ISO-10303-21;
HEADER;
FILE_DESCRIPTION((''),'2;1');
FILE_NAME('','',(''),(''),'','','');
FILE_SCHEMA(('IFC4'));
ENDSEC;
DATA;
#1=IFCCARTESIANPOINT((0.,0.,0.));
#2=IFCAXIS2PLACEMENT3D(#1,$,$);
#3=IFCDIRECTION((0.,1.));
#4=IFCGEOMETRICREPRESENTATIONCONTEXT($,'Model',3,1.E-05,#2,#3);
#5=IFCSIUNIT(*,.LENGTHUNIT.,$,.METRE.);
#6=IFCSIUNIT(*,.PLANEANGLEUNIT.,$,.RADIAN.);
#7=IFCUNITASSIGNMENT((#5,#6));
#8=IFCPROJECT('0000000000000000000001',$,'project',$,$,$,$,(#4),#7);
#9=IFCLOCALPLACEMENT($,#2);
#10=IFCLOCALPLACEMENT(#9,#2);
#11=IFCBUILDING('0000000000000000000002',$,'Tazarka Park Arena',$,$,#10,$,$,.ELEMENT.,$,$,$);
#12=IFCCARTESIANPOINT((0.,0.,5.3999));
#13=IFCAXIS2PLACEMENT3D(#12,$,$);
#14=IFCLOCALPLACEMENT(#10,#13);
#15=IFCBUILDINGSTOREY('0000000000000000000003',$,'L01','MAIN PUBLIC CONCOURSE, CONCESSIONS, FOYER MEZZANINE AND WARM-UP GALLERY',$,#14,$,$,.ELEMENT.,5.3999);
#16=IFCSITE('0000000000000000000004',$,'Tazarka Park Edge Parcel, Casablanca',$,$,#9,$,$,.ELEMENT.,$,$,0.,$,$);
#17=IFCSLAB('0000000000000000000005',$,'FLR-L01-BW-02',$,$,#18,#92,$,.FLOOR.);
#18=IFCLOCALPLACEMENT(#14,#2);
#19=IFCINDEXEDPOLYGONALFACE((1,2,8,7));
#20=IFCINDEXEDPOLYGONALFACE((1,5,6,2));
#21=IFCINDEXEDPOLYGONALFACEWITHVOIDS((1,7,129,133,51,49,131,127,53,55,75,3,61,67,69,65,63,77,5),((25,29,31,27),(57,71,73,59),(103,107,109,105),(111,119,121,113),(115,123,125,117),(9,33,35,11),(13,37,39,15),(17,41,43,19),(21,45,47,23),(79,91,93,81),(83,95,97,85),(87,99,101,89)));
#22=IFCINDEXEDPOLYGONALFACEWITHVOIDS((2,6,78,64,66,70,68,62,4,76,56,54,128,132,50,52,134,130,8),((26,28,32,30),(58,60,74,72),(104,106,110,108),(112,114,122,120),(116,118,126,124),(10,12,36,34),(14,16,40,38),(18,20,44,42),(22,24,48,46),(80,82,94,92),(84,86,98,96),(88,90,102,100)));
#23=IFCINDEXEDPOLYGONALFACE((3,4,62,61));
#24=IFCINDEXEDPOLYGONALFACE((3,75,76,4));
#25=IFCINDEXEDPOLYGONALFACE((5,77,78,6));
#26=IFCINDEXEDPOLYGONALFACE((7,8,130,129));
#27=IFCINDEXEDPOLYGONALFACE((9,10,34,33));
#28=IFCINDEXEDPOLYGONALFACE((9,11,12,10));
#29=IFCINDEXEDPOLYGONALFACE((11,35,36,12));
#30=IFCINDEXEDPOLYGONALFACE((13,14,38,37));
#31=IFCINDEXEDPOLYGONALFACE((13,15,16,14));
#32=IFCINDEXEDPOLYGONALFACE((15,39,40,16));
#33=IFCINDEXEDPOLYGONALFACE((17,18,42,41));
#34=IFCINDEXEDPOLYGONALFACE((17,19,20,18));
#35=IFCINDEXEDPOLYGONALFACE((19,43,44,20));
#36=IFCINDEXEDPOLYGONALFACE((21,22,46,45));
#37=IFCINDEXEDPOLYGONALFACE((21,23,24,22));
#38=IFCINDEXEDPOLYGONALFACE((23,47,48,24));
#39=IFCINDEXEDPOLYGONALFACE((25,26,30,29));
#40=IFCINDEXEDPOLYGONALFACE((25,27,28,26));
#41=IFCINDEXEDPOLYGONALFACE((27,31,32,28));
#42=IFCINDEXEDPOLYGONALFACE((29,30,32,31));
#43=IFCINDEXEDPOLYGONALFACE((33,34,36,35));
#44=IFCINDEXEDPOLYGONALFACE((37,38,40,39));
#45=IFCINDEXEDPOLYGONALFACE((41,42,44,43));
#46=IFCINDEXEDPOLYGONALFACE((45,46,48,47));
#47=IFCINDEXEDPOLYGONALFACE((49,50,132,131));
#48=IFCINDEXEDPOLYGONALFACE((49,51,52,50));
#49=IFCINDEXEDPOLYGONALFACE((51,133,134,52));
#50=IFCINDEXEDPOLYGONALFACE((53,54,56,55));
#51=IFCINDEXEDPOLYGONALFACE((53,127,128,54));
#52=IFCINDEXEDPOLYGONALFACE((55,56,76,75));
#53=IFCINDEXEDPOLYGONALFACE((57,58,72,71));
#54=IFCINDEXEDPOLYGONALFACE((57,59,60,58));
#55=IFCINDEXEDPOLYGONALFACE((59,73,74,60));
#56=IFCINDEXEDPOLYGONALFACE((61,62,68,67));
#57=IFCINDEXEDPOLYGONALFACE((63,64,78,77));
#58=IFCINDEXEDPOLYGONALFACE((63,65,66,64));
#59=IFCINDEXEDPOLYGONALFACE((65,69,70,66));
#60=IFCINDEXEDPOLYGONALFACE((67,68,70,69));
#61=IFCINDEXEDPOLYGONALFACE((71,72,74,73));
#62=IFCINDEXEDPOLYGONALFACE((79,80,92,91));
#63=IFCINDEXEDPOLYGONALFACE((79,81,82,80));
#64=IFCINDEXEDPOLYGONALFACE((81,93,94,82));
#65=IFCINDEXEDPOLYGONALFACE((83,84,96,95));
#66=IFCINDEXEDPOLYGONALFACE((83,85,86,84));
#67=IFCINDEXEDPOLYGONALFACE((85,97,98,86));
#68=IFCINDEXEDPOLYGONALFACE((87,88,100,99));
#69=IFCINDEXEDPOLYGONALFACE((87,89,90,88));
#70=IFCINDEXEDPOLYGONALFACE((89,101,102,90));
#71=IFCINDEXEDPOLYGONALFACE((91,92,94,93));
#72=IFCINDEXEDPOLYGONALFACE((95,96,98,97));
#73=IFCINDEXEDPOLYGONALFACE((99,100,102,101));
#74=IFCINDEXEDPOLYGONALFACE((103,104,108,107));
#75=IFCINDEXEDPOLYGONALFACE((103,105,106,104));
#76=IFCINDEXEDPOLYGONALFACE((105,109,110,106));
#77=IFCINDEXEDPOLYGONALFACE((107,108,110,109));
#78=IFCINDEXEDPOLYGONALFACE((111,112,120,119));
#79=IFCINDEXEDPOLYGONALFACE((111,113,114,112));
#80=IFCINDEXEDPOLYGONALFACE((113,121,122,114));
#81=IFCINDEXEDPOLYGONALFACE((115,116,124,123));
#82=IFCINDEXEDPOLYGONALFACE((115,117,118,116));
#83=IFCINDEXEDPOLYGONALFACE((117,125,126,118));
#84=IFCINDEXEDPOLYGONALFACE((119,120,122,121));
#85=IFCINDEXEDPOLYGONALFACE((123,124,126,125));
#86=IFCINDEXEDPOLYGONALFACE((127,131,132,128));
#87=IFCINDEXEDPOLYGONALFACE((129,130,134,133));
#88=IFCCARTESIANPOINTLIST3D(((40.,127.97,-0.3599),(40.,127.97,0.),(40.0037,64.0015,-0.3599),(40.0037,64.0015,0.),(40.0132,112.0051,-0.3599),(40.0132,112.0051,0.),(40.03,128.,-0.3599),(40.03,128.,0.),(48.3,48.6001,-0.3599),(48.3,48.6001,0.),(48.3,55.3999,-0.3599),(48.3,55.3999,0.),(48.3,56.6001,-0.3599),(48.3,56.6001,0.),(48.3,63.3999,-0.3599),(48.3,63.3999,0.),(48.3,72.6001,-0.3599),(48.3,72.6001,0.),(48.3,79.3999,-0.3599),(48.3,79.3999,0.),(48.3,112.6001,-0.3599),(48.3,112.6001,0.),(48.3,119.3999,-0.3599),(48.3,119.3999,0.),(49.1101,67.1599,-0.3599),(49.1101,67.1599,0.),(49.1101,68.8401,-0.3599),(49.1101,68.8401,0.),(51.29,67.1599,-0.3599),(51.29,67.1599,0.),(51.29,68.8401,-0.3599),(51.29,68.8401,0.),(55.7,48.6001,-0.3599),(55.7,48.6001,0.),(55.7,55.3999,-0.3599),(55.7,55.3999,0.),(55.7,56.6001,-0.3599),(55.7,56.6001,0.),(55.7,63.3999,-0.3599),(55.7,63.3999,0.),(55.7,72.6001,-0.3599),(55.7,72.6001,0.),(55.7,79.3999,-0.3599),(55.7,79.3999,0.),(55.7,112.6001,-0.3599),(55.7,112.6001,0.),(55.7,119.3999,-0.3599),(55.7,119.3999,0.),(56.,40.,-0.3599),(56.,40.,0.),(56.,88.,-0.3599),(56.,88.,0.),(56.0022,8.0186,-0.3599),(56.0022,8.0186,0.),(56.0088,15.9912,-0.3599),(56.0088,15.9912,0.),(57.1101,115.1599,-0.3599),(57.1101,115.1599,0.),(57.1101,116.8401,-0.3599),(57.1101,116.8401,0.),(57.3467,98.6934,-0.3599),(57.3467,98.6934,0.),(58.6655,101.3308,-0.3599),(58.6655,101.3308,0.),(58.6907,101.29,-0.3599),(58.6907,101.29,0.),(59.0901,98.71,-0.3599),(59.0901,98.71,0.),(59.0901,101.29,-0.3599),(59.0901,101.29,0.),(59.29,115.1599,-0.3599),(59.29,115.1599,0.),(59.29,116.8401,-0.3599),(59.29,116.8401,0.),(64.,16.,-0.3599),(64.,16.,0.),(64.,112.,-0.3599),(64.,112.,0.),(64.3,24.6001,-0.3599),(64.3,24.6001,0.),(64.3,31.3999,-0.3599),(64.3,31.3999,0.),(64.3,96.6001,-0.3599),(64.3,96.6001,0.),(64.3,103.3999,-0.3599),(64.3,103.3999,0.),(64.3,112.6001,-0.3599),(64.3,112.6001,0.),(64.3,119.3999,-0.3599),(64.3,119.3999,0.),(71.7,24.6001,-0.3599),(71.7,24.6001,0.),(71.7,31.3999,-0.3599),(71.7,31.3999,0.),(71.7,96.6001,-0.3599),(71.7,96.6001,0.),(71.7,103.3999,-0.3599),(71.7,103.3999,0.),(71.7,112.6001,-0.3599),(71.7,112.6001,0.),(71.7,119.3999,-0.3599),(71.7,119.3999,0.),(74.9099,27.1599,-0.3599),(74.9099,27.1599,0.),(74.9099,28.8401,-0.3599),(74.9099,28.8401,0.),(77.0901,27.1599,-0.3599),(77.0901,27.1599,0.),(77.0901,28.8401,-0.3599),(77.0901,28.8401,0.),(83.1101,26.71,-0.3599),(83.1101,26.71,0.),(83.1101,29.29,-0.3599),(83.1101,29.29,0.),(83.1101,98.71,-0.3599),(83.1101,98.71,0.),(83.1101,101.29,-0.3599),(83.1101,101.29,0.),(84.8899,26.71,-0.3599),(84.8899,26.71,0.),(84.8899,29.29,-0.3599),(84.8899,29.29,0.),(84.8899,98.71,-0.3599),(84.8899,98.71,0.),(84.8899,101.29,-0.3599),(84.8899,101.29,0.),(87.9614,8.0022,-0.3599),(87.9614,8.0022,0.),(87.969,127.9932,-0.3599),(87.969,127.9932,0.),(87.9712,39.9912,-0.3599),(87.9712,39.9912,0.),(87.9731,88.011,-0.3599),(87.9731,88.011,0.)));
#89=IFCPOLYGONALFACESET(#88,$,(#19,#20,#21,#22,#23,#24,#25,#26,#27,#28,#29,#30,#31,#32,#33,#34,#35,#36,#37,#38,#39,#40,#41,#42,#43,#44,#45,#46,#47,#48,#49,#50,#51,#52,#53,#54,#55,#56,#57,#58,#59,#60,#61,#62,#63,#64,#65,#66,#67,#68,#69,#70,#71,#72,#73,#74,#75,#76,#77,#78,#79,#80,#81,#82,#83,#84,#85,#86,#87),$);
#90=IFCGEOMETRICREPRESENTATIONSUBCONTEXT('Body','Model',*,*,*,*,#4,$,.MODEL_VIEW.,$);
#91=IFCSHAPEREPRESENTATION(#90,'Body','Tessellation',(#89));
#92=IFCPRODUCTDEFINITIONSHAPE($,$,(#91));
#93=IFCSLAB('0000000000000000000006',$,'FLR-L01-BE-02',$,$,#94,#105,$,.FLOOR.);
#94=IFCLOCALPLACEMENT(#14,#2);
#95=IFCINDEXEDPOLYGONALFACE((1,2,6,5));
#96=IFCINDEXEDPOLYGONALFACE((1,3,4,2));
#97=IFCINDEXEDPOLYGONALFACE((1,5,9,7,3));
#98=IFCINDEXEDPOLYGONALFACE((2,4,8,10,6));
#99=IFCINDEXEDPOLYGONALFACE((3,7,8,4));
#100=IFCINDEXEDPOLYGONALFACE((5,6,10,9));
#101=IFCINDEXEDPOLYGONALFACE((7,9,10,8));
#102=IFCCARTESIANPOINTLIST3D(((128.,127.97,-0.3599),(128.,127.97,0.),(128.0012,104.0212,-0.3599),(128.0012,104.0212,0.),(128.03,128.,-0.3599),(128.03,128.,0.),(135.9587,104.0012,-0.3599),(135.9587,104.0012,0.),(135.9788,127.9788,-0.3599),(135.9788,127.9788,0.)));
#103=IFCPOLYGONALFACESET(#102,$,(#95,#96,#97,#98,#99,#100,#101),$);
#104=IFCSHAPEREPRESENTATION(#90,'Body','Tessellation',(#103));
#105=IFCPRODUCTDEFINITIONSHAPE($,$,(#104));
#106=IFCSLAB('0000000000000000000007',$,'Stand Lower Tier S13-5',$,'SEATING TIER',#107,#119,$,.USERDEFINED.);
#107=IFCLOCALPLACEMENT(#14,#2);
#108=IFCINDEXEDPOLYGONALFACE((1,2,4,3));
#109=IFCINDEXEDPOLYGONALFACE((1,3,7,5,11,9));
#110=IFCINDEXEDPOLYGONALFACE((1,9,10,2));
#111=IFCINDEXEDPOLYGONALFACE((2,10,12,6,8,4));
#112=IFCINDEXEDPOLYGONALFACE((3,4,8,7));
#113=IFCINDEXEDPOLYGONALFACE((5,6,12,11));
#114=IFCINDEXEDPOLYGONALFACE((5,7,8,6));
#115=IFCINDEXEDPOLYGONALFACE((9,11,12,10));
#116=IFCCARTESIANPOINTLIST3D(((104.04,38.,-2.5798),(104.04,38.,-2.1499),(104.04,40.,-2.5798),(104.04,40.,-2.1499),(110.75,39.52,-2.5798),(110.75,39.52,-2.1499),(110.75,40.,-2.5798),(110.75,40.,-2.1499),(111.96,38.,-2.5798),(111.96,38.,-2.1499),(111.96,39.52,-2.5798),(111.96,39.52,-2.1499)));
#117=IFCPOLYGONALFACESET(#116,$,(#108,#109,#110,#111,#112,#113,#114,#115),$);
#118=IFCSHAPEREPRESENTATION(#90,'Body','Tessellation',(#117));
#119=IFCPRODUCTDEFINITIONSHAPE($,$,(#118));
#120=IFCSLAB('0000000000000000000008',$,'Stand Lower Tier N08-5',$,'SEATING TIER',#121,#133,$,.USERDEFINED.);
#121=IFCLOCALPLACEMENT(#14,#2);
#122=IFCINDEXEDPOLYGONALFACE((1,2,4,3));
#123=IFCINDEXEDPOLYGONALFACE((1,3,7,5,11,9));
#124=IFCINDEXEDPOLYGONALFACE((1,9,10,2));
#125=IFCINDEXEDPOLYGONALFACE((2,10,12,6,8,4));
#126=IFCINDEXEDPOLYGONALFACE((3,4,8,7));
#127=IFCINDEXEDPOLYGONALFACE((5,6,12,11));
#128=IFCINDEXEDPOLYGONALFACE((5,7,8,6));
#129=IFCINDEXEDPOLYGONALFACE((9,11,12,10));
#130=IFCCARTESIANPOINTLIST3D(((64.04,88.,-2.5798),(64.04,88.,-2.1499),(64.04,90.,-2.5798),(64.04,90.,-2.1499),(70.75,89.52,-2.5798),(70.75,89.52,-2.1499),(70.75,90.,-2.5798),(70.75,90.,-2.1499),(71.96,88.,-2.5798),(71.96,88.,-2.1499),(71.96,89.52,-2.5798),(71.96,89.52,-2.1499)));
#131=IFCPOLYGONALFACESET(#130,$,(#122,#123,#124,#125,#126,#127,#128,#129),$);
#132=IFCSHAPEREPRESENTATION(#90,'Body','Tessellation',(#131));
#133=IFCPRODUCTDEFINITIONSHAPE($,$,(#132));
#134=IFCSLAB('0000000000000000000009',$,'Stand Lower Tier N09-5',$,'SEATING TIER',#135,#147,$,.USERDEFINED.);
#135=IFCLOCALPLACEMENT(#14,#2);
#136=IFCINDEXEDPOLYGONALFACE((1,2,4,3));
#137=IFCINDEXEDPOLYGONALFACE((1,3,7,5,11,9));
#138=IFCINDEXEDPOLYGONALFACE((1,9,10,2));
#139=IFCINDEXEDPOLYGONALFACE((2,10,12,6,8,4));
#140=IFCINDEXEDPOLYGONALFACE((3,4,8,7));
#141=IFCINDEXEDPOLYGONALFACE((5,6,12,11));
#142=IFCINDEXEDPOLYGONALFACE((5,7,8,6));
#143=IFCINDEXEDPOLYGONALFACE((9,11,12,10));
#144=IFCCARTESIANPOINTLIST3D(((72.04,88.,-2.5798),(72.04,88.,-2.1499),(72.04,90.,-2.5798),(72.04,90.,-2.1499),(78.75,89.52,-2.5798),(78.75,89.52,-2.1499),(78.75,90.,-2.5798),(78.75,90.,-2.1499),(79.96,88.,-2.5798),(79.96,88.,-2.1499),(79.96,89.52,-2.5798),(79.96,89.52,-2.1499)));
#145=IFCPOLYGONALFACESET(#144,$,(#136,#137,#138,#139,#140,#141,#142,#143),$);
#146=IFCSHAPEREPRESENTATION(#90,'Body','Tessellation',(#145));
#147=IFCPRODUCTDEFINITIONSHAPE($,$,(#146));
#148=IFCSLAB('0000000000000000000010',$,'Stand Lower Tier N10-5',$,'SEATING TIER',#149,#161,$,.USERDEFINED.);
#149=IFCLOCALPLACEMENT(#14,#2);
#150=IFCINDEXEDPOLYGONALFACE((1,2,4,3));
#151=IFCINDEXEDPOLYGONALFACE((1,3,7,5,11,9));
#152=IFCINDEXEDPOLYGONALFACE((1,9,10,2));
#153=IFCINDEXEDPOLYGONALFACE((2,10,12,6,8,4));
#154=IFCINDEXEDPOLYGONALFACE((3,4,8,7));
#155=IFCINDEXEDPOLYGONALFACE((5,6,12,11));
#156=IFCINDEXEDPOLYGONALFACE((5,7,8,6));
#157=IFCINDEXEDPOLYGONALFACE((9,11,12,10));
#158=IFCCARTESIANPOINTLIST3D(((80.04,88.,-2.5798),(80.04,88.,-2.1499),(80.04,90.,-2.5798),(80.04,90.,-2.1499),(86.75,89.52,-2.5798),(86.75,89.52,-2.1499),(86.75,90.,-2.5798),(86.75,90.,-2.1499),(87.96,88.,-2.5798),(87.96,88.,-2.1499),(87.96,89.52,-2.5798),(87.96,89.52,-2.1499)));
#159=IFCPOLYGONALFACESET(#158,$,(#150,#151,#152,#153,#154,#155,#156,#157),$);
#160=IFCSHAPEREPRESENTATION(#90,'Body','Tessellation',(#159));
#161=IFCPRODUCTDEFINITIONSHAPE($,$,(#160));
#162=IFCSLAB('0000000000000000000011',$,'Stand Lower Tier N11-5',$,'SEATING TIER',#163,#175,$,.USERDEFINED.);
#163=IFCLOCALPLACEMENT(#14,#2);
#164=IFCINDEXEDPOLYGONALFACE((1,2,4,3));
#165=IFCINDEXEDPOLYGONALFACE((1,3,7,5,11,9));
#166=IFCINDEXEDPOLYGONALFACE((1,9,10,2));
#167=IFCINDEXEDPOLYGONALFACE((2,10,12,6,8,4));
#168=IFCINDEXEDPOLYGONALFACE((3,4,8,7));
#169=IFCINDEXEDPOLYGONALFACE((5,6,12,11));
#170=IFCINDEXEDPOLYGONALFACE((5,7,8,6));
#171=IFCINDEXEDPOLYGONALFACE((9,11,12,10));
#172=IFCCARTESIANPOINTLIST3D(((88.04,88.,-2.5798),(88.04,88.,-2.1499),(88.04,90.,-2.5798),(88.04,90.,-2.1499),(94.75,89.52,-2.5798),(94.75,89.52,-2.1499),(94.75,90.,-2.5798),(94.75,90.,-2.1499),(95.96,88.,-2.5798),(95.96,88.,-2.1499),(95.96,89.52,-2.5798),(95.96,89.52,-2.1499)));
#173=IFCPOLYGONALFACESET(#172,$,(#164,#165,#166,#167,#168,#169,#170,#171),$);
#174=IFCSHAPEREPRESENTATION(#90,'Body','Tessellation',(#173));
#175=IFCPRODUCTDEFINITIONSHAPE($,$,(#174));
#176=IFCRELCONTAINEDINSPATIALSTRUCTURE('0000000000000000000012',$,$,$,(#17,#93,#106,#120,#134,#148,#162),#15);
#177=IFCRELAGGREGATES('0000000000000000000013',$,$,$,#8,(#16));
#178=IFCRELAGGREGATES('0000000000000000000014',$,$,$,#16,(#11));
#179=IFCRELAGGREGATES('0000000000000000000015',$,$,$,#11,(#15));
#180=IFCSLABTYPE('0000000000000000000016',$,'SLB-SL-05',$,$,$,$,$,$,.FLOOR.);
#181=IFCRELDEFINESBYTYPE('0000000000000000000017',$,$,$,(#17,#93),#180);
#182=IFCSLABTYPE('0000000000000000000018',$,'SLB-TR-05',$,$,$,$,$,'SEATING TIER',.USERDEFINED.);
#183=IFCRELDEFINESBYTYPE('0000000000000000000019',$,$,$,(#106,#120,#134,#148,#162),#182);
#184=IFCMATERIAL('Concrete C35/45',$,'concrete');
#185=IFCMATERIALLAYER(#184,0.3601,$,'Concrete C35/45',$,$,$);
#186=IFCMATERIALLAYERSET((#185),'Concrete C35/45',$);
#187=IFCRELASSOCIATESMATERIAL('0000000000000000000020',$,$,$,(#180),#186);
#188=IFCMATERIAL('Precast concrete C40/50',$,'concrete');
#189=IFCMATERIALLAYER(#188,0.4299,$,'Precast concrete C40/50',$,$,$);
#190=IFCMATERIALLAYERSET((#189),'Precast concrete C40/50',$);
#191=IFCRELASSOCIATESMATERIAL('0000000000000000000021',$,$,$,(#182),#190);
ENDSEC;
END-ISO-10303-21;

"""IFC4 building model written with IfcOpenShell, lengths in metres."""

from ifc_helpers import new_model, si_unit, direction, frame, origin, place, context, subcontext, project, spatial, polyline, outline, extrude, material, layer, layer_set, type_object, element, save


model = new_model("IFC4")

# Units and contexts
model_context = context("Model", 3, precision=1e-05, world=origin(), true_north=direction((0.0, 1.0)))
body_context = subcontext(model_context, "Body", "Model", "MODEL_VIEW")
ifc_project = project(units=[si_unit("LENGTHUNIT", "METRE"), si_unit("PLANEANGLEUNIT", "RADIAN")], contexts=[model_context])

# Site, building, storey
site_placement = place(None, origin())
site = spatial("IfcSite", under=ifc_project, at=site_placement, Name="Tazarka Park Edge Parcel, Casablanca", CompositionType="ELEMENT", RefElevation=0.0)
building_placement = place(site_placement, origin())
building = spatial("IfcBuilding", under=site, at=building_placement, Name="Tazarka Park Arena", CompositionType="ELEMENT")
storey_placement = place(building_placement, frame((0.0, 0.0, 5.3999)))
storey = spatial("IfcBuildingStorey", under=building, at=storey_placement, Name="L01", Description="MAIN PUBLIC CONCOURSE, CONCESSIONS, FOYER MEZZANINE AND WARM-UP GALLERY", CompositionType="ELEMENT", Elevation=5.3999)

# Slabs
ifc_material_1 = material(Name="Concrete C35/45", Category="concrete")
ifc_layer_1 = layer(ifc_material_1, 0.3601, Name="Concrete C35/45")
ifc_layer_set_1 = layer_set([ifc_layer_1], Name="Concrete C35/45")
slab_type_1 = type_object("IfcSlabType", Name="SLB-SL-05", PredefinedType="FLOOR", material=ifc_layer_set_1)
slab_1_placement = place(storey_placement, frame((0.0, 0.0, -0.3599)))
element("IfcSlab", 1, at=slab_1_placement, inside=storey, type_object=slab_type_1, Name="FLR-L01-BW-02", PredefinedType="FLOOR", context=body_context, shape_type="SweptSolid", body=[
    extrude(outline(polyline([(56.0, 88.0), (56.0, 40.0), (87.9712, 39.9912), (87.9614, 8.0022), (56.0022, 8.0186), (56.0088, 15.9912), (64.0, 16.0), (40.0037, 64.0015), (57.3467, 98.6934), (59.0901, 98.71), (59.0901, 101.29), (58.6907, 101.29), (58.6655, 101.3308), (64.0, 112.0), (40.0132, 112.0051), (40.0, 127.97), (40.03, 128.0), (87.969, 127.9932), (87.9731, 88.011), (56.0, 88.0)]), holes=[polyline([(83.1101, 26.71), (84.8899, 26.71), (84.8899, 29.29), (83.1101, 29.29), (83.1101, 26.71)]), polyline([(83.1101, 98.71), (84.8899, 98.71), (84.8899, 101.29), (83.1101, 101.29), (83.1101, 98.71)]), polyline([(74.9099, 27.1599), (77.0901, 27.1599), (77.0901, 28.8401), (74.9099, 28.8401), (74.9099, 27.1599)]), polyline([(64.3, 24.6001), (71.7, 24.6001), (71.7, 31.3999), (64.3, 31.3999), (64.3, 24.6001)]), polyline([(64.3, 96.6001), (71.7, 96.6001), (71.7, 103.3999), (64.3, 103.3999), (64.3, 96.6001)]), polyline([(64.3, 112.6001), (71.7, 112.6001), (71.7, 119.3999), (64.3, 119.3999), (64.3, 112.6001)]), polyline([(57.1101, 115.1599), (59.29, 115.1599), (59.29, 116.8401), (57.1101, 116.8401), (57.1101, 115.1599)]), polyline([(48.3, 72.6001), (55.7, 72.6001), (55.7, 79.3999), (48.3, 79.3999), (48.3, 72.6001)]), polyline([(48.3, 112.6001), (55.7, 112.6001), (55.7, 119.3999), (48.3, 119.3999), (48.3, 112.6001)]), polyline([(48.3, 48.6001), (55.7, 48.6001), (55.7, 55.3999), (48.3, 55.3999), (48.3, 48.6001)]), polyline([(48.3, 56.6001), (55.7, 56.6001), (55.7, 63.3999), (48.3, 63.3999), (48.3, 56.6001)]), polyline([(49.1101, 67.1599), (51.29, 67.1599), (51.29, 68.8401), (49.1101, 68.8401), (49.1101, 67.1599)])]), origin(), (0.0, 0.0, 1.0), 0.3599),
])
slab_2_placement = place(storey_placement, frame((0.0, 0.0, -0.3599)))
element("IfcSlab", 2, at=slab_2_placement, inside=storey, type_object=slab_type_1, Name="FLR-L01-BE-02", PredefinedType="FLOOR", context=body_context, shape_type="SweptSolid", body=[
    extrude(outline(polyline([(128.0, 127.97), (128.03, 128.0), (135.9788, 127.9788), (135.9587, 104.0012), (128.0012, 104.0212), (128.0, 127.97)])), origin(), (0.0, 0.0, 1.0), 0.3599),
])
ifc_material_2 = material(Name="Precast concrete C40/50", Category="concrete")
ifc_layer_2 = layer(ifc_material_2, 0.4299, Name="Precast concrete C40/50")
ifc_layer_set_2 = layer_set([ifc_layer_2], Name="Precast concrete C40/50")
slab_type_2 = type_object("IfcSlabType", Name="SLB-TR-05", ElementType="SEATING TIER", PredefinedType="USERDEFINED", material=ifc_layer_set_2)
slab_3_placement = place(storey_placement, frame((0.0, 0.0, -2.5798)))
element("IfcSlab", 3, at=slab_3_placement, inside=storey, type_object=slab_type_2, Name="Stand Lower Tier S13-5", ObjectType="SEATING TIER", PredefinedType="USERDEFINED", context=body_context, shape_type="SweptSolid", body=[
    extrude(outline(polyline([(104.04, 38.0), (111.96, 38.0), (111.96, 39.52), (110.75, 39.52), (110.75, 40.0), (104.04, 40.0), (104.04, 38.0)])), origin(), (0.0, 0.0, 1.0), 0.4299),
])
slab_4_placement = place(storey_placement, frame((0.0, 0.0, -2.5798)))
element("IfcSlab", 4, at=slab_4_placement, inside=storey, type_object=slab_type_2, Name="Stand Lower Tier N08-5", ObjectType="SEATING TIER", PredefinedType="USERDEFINED", context=body_context, shape_type="SweptSolid", body=[
    extrude(outline(polyline([(64.04, 88.0), (71.96, 88.0), (71.96, 89.52), (70.75, 89.52), (70.75, 90.0), (64.04, 90.0), (64.04, 88.0)])), origin(), (0.0, 0.0, 1.0), 0.4299),
])
slab_5_placement = place(storey_placement, frame((0.0, 0.0, -2.5798)))
element("IfcSlab", 5, at=slab_5_placement, inside=storey, type_object=slab_type_2, Name="Stand Lower Tier N09-5", ObjectType="SEATING TIER", PredefinedType="USERDEFINED", context=body_context, shape_type="SweptSolid", body=[
    extrude(outline(polyline([(72.04, 88.0), (79.96, 88.0), (79.96, 89.52), (78.75, 89.52), (78.75, 90.0), (72.04, 90.0), (72.04, 88.0)])), origin(), (0.0, 0.0, 1.0), 0.4299),
])
slab_6_placement = place(storey_placement, frame((0.0, 0.0, -2.5798)))
element("IfcSlab", 6, at=slab_6_placement, inside=storey, type_object=slab_type_2, Name="Stand Lower Tier N10-5", ObjectType="SEATING TIER", PredefinedType="USERDEFINED", context=body_context, shape_type="SweptSolid", body=[
    extrude(outline(polyline([(80.04, 88.0), (87.96, 88.0), (87.96, 89.52), (86.75, 89.52), (86.75, 90.0), (80.04, 90.0), (80.04, 88.0)])), origin(), (0.0, 0.0, 1.0), 0.4299),
])
slab_7_placement = place(storey_placement, frame((0.0, 0.0, -2.5798)))
element("IfcSlab", 7, at=slab_7_placement, inside=storey, type_object=slab_type_2, Name="Stand Lower Tier N11-5", ObjectType="SEATING TIER", PredefinedType="USERDEFINED", context=body_context, shape_type="SweptSolid", body=[
    extrude(outline(polyline([(88.04, 88.0), (95.96, 88.0), (95.96, 89.52), (94.75, 89.52), (94.75, 90.0), (88.04, 90.0), (88.04, 88.0)])), origin(), (0.0, 0.0, 1.0), 0.4299),
])

save(model, "model.ifc")
